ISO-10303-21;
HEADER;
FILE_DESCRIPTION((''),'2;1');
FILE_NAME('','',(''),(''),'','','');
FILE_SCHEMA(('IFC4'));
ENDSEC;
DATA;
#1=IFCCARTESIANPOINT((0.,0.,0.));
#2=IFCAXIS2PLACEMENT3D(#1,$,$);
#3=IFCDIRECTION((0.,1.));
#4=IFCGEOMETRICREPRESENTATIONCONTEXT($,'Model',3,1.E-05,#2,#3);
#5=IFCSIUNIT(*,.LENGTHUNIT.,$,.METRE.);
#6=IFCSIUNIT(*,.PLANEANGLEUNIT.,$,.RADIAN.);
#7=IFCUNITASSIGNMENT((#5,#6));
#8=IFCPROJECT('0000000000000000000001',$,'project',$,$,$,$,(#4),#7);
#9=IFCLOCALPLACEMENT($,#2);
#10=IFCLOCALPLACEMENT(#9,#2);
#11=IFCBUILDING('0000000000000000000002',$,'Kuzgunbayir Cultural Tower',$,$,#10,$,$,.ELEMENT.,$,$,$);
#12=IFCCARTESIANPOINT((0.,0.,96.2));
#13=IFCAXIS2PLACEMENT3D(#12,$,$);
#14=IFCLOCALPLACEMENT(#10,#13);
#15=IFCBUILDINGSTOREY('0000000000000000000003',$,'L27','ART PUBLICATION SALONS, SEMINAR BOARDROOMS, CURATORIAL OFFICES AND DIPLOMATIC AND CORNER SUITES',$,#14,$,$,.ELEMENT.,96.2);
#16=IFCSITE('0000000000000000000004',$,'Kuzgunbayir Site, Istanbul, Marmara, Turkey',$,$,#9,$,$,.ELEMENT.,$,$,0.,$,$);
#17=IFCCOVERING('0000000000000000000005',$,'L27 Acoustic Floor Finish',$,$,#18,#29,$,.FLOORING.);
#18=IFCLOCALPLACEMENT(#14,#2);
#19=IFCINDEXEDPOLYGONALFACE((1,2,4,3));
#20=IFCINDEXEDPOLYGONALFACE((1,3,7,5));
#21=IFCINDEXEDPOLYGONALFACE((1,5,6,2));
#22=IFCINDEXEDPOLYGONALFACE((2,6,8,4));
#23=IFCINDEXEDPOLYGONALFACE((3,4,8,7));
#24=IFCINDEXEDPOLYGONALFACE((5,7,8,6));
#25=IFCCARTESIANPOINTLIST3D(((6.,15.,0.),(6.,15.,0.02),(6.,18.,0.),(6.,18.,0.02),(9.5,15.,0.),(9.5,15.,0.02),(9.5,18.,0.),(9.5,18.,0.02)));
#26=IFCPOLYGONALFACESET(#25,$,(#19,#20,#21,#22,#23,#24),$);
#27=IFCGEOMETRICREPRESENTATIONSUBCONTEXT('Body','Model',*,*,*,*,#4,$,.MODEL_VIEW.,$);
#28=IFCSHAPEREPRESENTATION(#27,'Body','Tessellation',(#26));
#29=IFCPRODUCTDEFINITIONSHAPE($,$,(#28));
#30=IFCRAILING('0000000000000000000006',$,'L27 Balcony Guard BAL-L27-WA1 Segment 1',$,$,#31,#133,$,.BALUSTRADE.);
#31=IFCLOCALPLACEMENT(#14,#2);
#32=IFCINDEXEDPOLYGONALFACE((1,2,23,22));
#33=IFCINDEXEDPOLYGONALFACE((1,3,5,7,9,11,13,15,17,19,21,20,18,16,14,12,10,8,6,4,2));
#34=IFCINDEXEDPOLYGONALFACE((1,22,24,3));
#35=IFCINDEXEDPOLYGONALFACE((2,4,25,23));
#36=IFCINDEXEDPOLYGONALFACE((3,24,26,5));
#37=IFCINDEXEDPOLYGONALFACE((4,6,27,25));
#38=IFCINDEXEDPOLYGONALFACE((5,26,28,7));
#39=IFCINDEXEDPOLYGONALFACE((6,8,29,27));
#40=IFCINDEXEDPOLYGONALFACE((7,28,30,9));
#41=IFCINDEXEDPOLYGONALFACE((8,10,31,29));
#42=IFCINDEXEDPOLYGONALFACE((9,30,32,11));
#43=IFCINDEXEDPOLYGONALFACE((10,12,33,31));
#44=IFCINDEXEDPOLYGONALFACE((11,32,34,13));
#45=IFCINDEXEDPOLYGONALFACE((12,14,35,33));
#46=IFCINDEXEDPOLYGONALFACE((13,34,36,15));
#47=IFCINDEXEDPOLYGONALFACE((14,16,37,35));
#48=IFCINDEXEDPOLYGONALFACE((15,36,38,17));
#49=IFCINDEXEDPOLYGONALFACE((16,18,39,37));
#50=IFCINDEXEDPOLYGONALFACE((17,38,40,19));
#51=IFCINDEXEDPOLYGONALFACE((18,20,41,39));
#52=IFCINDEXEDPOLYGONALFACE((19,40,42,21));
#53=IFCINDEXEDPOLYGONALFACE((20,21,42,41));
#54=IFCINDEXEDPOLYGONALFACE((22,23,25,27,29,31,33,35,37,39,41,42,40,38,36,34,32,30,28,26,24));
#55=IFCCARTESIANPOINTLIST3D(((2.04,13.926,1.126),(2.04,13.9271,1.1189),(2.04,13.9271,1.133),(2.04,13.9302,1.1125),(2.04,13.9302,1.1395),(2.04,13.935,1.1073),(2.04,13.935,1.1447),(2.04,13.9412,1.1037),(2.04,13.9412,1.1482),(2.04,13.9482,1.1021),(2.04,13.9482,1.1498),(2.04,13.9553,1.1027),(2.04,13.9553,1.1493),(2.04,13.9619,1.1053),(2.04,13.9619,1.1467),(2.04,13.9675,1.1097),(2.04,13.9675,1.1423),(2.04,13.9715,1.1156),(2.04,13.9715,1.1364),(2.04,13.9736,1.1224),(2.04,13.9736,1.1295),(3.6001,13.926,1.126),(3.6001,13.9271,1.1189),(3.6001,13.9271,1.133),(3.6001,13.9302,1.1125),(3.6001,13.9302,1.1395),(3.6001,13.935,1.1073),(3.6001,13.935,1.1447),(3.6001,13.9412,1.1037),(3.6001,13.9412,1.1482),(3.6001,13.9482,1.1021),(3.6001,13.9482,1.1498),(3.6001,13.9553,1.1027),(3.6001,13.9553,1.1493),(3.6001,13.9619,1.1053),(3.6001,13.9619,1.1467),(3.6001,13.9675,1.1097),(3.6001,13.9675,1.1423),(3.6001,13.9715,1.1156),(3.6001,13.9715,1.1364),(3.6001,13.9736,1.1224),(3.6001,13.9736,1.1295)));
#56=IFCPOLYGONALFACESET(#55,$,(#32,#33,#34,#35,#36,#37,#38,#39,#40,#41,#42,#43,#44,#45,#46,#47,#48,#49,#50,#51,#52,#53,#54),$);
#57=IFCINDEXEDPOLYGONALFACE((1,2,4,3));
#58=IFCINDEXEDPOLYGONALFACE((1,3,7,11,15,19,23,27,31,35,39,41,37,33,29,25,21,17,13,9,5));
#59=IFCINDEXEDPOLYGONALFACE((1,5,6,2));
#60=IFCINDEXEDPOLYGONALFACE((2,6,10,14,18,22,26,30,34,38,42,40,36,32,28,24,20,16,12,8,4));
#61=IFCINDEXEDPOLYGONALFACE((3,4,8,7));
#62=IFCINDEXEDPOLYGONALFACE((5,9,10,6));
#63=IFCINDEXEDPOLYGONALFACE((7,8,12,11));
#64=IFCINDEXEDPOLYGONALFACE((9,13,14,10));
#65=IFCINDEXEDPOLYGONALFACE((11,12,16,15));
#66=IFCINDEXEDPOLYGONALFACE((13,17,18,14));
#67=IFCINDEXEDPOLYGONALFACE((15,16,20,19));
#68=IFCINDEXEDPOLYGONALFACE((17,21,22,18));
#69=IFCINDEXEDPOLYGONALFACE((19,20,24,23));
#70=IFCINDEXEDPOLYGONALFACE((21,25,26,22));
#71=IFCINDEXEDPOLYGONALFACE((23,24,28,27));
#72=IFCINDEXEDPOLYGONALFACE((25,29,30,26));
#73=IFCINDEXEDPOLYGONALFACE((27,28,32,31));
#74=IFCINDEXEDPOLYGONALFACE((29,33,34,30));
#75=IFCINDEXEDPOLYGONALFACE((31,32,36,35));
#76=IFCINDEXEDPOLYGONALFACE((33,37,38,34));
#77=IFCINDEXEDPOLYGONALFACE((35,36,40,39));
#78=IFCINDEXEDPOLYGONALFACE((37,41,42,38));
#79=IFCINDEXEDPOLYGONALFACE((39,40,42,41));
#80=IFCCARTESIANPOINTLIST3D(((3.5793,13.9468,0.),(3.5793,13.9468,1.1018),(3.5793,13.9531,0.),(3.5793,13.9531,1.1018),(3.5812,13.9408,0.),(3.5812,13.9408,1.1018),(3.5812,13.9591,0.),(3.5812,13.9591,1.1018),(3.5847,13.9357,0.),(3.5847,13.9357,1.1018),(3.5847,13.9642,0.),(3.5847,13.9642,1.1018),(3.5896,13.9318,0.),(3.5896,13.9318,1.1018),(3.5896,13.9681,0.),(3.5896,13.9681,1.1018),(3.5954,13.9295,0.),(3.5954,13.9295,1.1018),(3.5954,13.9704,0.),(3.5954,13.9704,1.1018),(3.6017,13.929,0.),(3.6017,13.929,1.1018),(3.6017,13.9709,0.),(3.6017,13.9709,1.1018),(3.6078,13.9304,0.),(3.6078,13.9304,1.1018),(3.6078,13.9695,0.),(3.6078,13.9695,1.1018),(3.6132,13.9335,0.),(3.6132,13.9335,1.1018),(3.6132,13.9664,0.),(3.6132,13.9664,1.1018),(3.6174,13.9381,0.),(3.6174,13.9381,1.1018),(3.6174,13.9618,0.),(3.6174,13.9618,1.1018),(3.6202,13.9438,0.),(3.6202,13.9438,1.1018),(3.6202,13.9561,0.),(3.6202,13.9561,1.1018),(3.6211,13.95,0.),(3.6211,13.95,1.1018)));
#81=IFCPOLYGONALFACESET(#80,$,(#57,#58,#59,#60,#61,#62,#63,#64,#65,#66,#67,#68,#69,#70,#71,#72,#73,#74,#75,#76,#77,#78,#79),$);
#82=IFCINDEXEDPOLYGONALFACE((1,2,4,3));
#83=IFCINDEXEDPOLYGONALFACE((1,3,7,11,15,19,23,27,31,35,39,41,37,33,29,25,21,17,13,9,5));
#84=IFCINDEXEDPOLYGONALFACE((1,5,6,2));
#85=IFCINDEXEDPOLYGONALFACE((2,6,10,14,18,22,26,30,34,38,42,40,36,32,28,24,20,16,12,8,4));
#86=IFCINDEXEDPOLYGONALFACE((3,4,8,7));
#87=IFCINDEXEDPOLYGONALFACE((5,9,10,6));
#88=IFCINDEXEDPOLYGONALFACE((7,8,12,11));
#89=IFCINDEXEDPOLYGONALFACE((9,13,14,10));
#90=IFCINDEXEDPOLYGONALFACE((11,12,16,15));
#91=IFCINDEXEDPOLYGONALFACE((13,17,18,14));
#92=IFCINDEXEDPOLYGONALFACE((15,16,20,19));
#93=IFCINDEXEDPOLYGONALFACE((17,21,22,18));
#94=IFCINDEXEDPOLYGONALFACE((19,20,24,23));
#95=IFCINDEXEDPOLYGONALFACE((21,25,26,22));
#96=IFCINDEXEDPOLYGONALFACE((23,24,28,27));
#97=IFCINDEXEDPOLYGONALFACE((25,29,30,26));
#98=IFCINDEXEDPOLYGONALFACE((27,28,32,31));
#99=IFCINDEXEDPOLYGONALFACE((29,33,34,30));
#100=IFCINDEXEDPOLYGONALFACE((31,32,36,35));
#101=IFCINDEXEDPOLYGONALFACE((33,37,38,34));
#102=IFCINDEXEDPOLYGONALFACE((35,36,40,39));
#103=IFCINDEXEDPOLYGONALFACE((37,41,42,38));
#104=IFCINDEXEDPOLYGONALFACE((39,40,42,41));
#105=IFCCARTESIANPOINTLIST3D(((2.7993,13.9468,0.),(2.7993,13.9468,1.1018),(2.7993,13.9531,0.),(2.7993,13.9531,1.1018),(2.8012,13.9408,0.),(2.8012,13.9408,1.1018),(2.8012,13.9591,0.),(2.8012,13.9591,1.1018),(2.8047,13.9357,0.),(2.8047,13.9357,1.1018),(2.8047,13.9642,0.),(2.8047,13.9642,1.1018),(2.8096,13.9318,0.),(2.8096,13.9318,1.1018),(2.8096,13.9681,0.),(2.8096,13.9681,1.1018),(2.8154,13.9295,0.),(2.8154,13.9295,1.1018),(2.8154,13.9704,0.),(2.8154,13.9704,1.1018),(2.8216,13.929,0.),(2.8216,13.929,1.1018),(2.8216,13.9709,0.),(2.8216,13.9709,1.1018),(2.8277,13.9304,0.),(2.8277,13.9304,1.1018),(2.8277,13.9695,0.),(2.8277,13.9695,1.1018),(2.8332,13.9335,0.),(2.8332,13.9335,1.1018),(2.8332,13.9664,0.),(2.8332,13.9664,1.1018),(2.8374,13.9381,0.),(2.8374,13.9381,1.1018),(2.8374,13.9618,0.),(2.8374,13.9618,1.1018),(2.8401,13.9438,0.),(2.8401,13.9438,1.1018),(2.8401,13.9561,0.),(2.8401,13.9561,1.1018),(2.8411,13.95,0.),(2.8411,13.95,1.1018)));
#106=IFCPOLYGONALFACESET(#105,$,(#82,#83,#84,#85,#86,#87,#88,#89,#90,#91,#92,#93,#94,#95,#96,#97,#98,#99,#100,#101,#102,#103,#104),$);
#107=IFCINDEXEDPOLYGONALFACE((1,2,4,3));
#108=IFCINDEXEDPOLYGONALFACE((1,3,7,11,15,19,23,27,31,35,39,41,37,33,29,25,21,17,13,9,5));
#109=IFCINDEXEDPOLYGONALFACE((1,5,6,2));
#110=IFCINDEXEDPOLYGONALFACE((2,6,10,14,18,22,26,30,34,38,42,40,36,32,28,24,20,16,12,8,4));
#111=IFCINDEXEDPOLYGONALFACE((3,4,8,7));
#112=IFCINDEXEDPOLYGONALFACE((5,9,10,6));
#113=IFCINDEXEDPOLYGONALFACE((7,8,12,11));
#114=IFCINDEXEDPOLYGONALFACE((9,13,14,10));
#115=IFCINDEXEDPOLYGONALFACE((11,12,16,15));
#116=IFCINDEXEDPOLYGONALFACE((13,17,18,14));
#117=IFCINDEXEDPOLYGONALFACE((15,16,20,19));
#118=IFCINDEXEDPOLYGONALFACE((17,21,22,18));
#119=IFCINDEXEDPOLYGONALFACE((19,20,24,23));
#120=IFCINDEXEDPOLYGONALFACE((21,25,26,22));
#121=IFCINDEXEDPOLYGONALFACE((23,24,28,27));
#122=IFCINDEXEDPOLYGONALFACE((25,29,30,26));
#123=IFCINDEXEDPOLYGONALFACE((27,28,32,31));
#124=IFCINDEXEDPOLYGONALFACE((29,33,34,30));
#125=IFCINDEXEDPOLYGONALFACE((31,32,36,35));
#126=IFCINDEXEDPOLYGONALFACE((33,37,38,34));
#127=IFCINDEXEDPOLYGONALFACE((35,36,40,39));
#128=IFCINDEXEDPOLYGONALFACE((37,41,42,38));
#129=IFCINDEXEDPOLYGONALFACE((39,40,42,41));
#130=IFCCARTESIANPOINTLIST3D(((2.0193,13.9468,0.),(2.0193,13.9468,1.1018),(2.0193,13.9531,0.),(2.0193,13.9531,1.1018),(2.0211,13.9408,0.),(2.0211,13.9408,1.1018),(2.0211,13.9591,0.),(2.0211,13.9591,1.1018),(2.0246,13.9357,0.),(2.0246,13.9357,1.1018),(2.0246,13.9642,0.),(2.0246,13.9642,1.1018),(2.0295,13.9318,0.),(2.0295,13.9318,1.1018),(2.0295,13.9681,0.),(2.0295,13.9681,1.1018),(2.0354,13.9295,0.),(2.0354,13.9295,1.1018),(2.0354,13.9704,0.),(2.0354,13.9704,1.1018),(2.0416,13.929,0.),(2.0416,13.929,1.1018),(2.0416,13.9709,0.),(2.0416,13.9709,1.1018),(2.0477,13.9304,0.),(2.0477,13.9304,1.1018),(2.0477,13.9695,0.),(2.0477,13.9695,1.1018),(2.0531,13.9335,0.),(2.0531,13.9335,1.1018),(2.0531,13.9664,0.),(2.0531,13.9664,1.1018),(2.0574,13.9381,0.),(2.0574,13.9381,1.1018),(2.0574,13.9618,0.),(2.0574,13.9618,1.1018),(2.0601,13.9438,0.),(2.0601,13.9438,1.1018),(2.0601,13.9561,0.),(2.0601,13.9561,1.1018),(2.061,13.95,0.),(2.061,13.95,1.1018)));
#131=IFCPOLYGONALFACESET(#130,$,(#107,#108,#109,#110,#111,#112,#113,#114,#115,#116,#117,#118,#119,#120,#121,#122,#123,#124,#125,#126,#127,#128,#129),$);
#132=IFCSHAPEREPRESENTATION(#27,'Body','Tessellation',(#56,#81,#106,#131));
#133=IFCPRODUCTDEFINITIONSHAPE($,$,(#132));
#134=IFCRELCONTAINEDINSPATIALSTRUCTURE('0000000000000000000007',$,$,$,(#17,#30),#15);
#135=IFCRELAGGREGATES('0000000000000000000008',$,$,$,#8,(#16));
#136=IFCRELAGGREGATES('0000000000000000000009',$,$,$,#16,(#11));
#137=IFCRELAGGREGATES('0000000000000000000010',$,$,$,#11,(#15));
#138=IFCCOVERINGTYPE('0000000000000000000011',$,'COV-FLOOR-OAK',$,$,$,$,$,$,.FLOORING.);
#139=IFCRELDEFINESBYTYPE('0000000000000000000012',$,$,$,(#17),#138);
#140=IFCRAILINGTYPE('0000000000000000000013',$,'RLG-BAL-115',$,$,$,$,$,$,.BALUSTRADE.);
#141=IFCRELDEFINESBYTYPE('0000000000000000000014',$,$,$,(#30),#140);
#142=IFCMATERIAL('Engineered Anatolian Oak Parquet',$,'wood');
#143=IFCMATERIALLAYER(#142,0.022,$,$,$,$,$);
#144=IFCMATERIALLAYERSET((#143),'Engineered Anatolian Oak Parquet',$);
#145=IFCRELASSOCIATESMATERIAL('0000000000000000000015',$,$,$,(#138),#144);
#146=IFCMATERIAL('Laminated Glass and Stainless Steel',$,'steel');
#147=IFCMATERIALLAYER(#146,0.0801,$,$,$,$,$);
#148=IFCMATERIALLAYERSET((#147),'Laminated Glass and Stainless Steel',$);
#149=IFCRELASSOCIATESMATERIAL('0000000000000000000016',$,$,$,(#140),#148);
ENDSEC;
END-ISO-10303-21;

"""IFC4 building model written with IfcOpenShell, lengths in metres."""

from ifc_helpers import new_model, si_unit, direction, frame, origin, origin_2d, place, context, subcontext, project, spatial, polyline, circle, outline, extrude, material, layer, layer_set, type_object, element, save


model = new_model("IFC4")

# Units and contexts
model_context = context("Model", 3, precision=1e-05, world=origin(), true_north=direction((0.0, 1.0)))
body_context = subcontext(model_context, "Body", "Model", "MODEL_VIEW")
ifc_project = project(units=[si_unit("LENGTHUNIT", "METRE"), si_unit("PLANEANGLEUNIT", "RADIAN")], contexts=[model_context])

# Site, building, storey
site_placement = place(None, origin())
site = spatial("IfcSite", under=ifc_project, at=site_placement, Name="Kuzgunbayir Site, Istanbul, Marmara, Turkey", CompositionType="ELEMENT", RefElevation=0.0)
building_placement = place(site_placement, origin())
building = spatial("IfcBuilding", under=site, at=building_placement, Name="Kuzgunbayir Cultural Tower", CompositionType="ELEMENT")
storey_placement = place(building_placement, frame((0.0, 0.0, 96.2)))
storey = spatial("IfcBuildingStorey", under=building, at=storey_placement, Name="L27", Description="ART PUBLICATION SALONS, SEMINAR BOARDROOMS, CURATORIAL OFFICES AND DIPLOMATIC AND CORNER SUITES", CompositionType="ELEMENT", Elevation=96.2)

# Covering
ifc_material_1 = material(Name="Engineered Anatolian Oak Parquet", Category="wood")
ifc_layer_1 = layer(ifc_material_1, 0.022)
ifc_layer_set_1 = layer_set([ifc_layer_1], Name="Engineered Anatolian Oak Parquet")
covering_type_1 = type_object("IfcCoveringType", Name="COV-FLOOR-OAK", PredefinedType="FLOORING", material=ifc_layer_set_1)
covering_1_placement = place(storey_placement, origin())
element("IfcCovering", 1, at=covering_1_placement, inside=storey, type_object=covering_type_1, Name="L27 Acoustic Floor Finish", PredefinedType="FLOORING", context=body_context, shape_type="SweptSolid", body=[
    extrude(outline(polyline([(6.0, 15.0), (9.5, 15.0), (9.5, 18.0), (6.0, 18.0), (6.0, 15.0)])), origin(), (0.0, 0.0, 1.0), 0.02),
])

# Railing
ifc_material_2 = material(Name="Laminated Glass and Stainless Steel", Category="steel")
ifc_layer_2 = layer(ifc_material_2, 0.0801)
ifc_layer_set_2 = layer_set([ifc_layer_2], Name="Laminated Glass and Stainless Steel")
railing_type = type_object("IfcRailingType", Name="RLG-BAL-115", PredefinedType="BALUSTRADE", material=ifc_layer_set_2)
railing_1_placement = place(storey_placement, frame((3.6001, 13.95, 0.0)))
element("IfcRailing", 2, at=railing_1_placement, inside=storey, type_object=railing_type, Name="L27 Balcony Guard BAL-L27-WA1 Segment 1", PredefinedType="BALUSTRADE", context=body_context, shape_type="SweptSolid", body=[
    extrude(circle(Radius=0.0239, at=origin_2d()), frame((0.0, 0.0, 1.126), z_axis=(-1.0, 0.0, 0.0), x_axis=(0.0, -1.0, 0.0)), (0.0, 0.0, 1.0), 1.5601),
    extrude(circle(Radius=0.021, at=origin_2d()), origin(), (0.0, 0.0, 1.0), 1.1018),
    extrude(circle(Radius=0.021, at=origin_2d()), frame((-0.78, 0.0, 0.0)), (0.0, 0.0, 1.0), 1.1018),
    extrude(circle(Radius=0.021, at=origin_2d()), frame((-1.5601, 0.0, 0.0)), (0.0, 0.0, 1.0), 1.1018),
])

save(model, "model.ifc")
